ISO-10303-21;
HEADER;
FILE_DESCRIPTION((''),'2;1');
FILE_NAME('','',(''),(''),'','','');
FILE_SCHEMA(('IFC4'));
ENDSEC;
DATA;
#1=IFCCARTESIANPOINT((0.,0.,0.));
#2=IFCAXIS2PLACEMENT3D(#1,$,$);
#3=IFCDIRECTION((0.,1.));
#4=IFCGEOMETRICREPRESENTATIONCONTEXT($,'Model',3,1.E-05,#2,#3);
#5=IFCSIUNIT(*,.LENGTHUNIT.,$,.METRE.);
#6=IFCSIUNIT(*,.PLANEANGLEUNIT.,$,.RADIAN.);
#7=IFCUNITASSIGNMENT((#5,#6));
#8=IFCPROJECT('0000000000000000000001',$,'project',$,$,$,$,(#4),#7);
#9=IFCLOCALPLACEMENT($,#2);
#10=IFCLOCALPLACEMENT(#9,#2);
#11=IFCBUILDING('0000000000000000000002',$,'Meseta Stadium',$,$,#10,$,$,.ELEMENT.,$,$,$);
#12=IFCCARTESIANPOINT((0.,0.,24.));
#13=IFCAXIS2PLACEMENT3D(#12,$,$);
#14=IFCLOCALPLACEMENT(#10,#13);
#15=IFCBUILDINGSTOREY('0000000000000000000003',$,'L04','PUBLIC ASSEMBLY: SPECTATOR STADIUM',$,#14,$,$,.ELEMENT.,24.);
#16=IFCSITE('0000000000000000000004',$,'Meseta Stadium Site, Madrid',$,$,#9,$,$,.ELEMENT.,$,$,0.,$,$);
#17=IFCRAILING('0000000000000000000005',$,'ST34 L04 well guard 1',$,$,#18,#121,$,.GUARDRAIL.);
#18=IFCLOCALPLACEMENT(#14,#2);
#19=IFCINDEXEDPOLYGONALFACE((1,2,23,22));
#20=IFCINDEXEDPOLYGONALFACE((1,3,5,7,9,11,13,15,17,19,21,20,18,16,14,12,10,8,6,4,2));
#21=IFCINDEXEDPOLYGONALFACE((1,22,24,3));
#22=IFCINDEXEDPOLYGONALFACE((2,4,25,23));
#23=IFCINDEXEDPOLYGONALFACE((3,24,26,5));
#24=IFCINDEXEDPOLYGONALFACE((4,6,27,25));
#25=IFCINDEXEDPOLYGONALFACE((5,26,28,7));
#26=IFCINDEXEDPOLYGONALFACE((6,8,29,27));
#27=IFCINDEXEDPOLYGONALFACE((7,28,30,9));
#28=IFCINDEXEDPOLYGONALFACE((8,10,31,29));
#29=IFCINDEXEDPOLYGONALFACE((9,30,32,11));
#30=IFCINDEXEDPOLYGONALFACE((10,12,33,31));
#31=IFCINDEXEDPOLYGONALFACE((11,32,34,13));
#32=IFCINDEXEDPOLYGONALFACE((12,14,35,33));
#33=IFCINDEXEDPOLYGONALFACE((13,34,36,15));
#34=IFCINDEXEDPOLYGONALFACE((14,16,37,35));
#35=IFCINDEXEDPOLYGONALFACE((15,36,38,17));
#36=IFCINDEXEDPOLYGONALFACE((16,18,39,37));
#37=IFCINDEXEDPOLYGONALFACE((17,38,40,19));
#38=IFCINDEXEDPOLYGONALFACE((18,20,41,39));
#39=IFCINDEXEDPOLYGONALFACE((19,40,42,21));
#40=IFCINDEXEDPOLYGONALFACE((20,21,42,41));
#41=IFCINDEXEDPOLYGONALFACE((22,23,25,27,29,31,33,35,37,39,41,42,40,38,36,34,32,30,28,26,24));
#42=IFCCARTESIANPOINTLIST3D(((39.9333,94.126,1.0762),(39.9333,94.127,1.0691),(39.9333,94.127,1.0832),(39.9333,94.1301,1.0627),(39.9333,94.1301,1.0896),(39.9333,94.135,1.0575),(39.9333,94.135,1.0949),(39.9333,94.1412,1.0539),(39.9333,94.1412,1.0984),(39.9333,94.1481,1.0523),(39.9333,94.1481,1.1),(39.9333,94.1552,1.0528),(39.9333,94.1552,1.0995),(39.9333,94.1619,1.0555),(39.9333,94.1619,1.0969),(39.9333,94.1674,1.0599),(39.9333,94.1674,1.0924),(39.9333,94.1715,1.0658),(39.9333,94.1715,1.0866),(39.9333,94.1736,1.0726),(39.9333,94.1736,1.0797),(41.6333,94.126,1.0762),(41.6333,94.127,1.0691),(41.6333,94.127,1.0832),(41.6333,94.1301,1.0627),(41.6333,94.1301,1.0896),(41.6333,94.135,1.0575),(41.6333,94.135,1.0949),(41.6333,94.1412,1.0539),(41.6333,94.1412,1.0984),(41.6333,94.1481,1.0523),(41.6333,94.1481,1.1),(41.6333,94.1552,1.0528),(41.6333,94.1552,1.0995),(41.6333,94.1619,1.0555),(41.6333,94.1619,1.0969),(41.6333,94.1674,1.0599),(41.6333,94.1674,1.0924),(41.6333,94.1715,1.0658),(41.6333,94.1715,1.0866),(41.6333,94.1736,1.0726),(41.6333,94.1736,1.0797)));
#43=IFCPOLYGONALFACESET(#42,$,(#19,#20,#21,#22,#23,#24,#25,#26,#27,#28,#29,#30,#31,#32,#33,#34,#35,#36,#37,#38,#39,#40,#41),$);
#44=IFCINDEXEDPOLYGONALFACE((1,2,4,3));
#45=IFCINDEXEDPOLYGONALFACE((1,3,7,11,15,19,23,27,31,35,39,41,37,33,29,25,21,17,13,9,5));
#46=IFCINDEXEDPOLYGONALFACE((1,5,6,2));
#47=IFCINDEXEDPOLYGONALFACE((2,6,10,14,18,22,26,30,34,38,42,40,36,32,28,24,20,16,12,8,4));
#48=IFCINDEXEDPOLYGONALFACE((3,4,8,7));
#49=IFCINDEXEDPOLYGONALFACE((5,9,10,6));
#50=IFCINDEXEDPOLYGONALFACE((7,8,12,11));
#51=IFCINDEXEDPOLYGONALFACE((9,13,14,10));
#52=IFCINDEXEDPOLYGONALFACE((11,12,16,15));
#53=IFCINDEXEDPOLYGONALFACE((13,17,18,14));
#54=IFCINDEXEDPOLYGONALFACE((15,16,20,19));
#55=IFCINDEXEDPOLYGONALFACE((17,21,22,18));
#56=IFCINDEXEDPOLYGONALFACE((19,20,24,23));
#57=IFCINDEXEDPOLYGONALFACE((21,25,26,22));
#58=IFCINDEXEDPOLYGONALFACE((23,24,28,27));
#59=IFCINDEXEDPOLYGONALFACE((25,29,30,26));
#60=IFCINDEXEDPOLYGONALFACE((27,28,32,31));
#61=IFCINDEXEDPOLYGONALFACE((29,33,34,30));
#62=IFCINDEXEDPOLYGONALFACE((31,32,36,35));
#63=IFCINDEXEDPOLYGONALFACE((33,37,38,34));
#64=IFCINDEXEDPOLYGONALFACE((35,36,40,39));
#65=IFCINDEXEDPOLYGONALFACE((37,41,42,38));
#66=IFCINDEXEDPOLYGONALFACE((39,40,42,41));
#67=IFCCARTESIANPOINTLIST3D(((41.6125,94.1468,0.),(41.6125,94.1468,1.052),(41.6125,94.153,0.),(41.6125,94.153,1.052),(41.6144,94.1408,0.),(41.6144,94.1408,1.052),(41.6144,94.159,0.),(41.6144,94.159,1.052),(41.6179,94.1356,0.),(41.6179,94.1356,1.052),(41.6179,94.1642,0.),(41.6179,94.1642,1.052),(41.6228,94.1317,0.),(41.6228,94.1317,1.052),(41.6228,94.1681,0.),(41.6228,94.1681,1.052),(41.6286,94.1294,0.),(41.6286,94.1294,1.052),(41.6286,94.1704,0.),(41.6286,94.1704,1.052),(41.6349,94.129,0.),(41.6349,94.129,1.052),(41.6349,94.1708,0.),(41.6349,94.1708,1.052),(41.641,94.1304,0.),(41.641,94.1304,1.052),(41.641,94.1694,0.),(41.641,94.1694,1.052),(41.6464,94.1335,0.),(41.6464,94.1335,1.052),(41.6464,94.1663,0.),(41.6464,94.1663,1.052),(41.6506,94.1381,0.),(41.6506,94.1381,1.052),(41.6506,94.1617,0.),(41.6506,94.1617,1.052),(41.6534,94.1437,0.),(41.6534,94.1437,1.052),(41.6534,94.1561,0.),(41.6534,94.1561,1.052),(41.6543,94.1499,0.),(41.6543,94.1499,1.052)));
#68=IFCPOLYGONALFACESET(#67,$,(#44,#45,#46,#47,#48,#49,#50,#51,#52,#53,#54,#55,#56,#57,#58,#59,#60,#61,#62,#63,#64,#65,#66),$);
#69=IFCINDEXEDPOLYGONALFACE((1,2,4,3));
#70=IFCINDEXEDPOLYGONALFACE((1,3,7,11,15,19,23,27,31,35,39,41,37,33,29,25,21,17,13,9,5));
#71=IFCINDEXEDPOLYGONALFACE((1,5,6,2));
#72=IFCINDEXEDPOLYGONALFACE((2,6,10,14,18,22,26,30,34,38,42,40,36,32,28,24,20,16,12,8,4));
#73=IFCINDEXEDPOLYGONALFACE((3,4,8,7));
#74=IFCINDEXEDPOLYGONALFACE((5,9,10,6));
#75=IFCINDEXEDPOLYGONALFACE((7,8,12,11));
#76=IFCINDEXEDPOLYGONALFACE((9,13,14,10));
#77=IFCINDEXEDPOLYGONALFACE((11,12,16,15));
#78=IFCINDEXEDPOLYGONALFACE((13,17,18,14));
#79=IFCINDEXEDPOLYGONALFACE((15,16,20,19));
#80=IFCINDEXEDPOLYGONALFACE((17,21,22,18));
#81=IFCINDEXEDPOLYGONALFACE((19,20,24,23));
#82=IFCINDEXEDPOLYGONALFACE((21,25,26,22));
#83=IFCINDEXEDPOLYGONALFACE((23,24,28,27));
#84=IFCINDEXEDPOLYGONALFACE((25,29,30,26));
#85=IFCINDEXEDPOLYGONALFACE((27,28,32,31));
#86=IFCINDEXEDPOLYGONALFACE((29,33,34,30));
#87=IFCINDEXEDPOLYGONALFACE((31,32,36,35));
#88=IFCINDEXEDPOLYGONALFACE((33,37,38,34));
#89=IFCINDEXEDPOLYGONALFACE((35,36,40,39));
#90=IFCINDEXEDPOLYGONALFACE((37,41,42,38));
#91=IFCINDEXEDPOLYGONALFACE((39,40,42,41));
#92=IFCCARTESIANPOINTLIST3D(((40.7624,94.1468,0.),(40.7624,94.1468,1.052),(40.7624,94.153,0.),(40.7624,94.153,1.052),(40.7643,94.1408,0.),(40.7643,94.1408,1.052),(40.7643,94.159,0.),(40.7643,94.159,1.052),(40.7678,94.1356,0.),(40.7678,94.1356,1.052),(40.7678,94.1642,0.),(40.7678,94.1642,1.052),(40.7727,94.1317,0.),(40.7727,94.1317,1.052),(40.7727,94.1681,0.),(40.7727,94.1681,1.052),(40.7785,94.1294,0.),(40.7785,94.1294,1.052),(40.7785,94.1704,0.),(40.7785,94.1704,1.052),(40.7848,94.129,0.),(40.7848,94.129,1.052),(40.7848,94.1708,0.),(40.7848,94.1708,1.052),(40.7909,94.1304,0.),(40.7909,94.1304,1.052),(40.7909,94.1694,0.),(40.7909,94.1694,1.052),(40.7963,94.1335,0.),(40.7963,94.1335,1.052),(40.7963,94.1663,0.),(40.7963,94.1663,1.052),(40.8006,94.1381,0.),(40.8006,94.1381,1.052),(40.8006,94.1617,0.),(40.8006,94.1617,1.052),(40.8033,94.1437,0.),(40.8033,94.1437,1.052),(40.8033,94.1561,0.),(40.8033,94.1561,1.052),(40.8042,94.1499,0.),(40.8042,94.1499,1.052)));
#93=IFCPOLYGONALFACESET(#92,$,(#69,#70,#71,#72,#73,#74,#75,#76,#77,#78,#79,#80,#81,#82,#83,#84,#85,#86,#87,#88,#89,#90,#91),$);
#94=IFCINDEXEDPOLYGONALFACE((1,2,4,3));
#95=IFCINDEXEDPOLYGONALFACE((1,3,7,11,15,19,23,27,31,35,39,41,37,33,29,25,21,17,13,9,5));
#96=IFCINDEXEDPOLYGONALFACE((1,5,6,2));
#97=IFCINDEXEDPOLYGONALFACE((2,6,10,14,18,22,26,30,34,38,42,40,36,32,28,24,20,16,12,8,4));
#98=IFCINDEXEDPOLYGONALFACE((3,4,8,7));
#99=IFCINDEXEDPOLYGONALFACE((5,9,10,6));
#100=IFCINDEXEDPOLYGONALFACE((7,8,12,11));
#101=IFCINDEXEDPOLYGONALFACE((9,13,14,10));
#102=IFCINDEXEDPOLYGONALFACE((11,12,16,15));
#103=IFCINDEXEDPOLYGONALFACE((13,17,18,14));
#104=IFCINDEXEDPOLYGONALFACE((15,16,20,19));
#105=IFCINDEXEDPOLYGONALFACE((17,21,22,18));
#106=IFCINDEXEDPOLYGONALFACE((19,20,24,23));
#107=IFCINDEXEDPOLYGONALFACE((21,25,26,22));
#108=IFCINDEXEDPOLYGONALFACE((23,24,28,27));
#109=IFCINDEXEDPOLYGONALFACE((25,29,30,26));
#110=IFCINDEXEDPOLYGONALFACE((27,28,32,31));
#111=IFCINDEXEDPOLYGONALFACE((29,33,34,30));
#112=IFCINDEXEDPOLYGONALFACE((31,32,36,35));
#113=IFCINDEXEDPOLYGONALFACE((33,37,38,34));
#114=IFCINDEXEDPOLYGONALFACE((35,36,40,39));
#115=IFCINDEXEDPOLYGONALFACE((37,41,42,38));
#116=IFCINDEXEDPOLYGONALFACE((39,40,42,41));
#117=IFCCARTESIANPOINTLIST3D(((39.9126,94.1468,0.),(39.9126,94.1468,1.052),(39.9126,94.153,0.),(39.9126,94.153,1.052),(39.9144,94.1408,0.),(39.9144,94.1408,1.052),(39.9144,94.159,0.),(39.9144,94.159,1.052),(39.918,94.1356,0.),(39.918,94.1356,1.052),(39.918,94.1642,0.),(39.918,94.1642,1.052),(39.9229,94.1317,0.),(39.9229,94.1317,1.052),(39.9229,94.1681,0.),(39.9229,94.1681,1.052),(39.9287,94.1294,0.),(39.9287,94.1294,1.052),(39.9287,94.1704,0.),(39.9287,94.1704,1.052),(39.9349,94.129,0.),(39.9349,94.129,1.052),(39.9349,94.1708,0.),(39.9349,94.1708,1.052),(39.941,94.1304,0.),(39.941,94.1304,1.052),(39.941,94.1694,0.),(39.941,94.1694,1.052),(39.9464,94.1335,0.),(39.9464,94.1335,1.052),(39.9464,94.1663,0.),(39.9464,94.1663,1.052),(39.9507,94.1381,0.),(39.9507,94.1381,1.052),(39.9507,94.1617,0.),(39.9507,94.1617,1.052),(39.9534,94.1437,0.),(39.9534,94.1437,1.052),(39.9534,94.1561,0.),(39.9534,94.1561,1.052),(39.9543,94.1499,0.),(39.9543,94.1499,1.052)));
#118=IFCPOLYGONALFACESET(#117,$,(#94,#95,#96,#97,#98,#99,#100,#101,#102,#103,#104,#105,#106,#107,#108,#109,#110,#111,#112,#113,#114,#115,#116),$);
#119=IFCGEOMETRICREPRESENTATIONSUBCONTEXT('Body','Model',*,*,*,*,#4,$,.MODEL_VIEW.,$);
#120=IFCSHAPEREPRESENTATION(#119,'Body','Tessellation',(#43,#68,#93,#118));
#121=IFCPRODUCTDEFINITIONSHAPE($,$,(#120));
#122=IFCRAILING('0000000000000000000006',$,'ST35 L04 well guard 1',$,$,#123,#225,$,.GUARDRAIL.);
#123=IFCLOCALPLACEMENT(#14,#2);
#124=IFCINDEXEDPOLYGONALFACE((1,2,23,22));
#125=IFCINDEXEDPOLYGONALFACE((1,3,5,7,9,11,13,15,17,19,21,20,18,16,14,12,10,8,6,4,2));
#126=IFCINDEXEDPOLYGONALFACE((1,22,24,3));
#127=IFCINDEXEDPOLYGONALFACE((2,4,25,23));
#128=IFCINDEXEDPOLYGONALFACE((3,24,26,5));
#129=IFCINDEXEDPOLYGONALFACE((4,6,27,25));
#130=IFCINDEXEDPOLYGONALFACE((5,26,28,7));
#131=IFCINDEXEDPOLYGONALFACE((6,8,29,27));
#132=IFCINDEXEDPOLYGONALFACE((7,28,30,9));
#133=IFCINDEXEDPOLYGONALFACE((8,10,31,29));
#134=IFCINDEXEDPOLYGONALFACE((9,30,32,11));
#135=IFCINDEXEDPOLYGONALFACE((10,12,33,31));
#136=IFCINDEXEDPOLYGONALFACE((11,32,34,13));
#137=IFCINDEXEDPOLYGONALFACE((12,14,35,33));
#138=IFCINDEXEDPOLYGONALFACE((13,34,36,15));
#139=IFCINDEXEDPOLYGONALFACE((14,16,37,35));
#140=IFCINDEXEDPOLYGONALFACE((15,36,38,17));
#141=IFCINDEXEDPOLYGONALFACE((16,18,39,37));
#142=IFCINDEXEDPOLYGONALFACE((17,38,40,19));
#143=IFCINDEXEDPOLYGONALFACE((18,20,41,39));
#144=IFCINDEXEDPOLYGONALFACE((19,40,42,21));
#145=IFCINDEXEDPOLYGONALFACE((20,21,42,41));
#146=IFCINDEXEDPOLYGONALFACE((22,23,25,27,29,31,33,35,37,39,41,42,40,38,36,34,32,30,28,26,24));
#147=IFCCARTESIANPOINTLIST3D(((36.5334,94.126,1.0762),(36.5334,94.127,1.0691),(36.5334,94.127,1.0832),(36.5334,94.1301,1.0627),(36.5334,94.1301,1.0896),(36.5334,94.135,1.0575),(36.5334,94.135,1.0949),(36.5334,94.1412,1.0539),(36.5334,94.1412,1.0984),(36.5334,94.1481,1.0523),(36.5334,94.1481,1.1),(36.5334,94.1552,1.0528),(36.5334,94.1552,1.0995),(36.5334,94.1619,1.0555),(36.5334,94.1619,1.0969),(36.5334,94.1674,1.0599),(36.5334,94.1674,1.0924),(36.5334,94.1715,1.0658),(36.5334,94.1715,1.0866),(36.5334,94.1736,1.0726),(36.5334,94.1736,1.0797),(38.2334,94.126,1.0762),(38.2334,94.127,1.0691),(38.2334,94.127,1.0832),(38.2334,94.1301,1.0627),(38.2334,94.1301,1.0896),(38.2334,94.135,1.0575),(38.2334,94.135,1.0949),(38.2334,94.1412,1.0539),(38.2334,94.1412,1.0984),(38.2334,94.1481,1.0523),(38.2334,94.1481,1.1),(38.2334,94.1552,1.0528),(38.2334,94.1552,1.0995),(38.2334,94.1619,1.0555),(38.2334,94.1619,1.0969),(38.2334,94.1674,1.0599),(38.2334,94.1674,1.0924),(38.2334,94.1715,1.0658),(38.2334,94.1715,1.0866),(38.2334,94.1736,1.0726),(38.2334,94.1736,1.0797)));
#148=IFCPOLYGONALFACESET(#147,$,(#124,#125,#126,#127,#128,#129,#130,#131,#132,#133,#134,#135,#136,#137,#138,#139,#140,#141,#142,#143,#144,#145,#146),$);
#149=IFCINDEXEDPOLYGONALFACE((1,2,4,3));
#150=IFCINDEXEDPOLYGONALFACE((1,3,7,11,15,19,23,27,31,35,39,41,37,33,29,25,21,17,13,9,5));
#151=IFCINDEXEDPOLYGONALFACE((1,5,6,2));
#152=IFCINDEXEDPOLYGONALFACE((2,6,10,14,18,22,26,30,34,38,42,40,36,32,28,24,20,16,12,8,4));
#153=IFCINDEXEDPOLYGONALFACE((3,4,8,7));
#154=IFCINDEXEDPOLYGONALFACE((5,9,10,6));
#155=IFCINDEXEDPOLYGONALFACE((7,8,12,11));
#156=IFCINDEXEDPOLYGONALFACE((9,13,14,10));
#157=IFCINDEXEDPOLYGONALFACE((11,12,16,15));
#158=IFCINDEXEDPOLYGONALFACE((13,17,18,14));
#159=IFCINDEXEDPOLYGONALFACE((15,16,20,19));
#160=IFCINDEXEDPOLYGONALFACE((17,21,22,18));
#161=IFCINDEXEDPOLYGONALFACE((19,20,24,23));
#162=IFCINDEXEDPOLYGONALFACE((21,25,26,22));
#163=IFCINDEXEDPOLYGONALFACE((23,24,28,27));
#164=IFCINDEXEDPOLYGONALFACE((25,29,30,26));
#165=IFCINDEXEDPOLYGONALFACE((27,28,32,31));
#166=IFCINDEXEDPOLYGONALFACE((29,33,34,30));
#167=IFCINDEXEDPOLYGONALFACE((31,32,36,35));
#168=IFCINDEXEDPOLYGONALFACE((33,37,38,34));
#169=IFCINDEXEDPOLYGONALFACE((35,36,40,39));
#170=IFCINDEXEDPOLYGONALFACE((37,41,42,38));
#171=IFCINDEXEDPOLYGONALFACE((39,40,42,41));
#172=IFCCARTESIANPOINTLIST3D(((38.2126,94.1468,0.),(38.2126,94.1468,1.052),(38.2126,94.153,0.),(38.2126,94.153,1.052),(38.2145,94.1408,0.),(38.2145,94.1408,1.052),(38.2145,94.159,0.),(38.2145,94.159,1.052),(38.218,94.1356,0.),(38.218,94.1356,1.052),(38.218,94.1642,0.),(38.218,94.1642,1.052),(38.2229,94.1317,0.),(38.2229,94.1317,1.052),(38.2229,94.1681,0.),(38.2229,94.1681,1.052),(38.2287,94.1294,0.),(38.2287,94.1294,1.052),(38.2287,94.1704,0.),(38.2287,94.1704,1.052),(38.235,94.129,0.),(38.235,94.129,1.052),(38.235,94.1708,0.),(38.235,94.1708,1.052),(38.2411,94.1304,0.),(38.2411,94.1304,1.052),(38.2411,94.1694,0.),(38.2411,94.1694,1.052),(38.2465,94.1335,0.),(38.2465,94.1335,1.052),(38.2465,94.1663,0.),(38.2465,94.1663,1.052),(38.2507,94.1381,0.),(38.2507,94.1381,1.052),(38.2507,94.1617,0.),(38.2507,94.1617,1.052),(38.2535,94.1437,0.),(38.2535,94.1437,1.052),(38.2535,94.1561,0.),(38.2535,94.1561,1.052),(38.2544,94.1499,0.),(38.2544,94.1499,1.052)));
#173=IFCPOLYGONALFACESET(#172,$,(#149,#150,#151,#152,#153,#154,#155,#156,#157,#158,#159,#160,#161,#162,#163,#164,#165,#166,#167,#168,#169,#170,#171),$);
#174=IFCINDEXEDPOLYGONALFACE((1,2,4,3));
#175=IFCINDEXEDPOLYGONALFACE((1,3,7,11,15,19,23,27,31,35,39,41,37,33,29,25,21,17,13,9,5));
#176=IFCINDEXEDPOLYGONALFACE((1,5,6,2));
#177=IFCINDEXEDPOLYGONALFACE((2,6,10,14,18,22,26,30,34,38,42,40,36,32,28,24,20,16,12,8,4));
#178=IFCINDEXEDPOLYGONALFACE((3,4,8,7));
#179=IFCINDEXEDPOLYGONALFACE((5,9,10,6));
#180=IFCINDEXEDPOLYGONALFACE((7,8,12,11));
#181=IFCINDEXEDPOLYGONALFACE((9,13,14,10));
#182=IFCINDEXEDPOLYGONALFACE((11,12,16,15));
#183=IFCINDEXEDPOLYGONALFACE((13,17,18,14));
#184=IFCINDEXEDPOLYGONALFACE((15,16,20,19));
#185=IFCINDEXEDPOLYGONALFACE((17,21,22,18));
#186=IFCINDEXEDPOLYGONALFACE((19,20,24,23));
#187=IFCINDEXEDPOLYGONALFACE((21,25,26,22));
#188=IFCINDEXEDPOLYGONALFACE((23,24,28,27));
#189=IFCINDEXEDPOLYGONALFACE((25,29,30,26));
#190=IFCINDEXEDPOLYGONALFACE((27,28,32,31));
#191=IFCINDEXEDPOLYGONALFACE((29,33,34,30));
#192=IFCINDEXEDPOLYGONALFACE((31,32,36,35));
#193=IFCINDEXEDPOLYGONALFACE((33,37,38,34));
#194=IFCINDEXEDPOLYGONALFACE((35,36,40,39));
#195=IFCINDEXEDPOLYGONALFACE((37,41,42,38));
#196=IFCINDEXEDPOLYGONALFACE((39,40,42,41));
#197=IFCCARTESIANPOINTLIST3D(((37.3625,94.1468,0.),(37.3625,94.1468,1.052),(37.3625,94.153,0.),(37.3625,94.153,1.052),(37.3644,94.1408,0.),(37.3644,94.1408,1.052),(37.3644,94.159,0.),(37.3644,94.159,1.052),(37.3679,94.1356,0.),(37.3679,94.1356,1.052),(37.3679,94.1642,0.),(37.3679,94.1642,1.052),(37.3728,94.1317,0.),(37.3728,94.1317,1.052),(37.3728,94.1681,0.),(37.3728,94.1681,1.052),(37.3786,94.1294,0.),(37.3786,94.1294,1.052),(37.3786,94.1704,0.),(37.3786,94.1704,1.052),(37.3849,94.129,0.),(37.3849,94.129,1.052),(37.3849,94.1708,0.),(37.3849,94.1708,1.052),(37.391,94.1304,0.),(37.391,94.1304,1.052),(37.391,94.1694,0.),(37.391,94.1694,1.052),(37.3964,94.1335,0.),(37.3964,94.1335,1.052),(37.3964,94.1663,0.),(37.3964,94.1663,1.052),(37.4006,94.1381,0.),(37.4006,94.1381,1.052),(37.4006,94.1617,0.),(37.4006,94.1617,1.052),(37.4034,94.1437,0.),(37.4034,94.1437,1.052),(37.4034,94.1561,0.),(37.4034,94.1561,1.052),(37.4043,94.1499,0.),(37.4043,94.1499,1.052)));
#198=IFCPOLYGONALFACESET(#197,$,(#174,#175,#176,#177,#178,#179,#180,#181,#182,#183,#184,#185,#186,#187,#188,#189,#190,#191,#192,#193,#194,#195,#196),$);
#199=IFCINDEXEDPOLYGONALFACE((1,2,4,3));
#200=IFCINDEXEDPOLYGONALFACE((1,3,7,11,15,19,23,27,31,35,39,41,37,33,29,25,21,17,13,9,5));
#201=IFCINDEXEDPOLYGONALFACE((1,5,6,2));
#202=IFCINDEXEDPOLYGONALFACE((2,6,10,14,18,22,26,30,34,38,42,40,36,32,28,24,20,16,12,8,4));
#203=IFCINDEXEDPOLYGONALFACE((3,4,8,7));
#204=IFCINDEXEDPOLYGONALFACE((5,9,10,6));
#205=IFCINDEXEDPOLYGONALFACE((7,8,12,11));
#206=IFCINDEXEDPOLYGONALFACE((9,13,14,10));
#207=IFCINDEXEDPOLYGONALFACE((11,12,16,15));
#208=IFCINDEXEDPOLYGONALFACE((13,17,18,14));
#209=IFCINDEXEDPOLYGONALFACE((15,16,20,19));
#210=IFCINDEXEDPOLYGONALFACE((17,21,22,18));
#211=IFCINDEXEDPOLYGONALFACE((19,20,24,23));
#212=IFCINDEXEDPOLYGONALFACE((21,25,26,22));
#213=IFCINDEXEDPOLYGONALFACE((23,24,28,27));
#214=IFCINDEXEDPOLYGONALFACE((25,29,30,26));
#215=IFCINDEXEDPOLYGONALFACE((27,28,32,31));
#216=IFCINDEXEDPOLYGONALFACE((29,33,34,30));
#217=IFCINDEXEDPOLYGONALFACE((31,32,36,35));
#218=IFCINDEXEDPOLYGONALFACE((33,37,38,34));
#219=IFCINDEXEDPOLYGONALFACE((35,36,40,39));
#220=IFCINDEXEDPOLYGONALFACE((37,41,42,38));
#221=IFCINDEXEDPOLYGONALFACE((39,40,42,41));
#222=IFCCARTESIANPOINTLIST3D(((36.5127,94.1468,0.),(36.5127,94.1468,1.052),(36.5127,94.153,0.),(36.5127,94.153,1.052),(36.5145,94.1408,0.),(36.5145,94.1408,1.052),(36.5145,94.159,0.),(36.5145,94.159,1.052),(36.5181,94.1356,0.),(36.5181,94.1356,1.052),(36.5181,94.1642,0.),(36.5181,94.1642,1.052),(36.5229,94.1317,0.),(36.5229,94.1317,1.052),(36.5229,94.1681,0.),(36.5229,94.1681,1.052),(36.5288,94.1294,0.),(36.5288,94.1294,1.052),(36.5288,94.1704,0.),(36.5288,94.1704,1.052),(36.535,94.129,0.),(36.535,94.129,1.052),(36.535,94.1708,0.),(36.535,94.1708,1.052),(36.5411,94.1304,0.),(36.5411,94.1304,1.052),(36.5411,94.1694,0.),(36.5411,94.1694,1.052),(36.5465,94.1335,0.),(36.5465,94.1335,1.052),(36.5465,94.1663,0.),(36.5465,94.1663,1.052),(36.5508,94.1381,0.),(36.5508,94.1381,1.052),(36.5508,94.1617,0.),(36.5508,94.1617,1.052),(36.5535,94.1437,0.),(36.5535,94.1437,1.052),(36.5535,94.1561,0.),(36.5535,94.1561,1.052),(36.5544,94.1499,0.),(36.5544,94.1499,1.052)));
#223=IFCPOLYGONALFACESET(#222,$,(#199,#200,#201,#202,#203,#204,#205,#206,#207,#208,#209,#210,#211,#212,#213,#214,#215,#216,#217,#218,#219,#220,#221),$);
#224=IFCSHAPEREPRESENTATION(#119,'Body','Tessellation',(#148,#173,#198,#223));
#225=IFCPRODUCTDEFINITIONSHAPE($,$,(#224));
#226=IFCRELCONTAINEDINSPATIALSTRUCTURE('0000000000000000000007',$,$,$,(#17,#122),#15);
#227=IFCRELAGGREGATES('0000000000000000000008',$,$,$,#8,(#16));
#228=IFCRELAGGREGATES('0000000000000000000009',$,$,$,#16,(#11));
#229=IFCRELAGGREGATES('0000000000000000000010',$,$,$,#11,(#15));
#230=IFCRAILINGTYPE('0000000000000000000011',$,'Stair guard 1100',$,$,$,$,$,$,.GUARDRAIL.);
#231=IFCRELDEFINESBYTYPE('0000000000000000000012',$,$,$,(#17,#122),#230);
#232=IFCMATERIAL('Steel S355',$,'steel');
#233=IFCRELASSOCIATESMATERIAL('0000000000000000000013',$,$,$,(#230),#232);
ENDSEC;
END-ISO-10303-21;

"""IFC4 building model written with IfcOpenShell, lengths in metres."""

from ifc_helpers import new_model, si_unit, direction, frame, origin, origin_2d, place, context, subcontext, project, spatial, circle, extrude, material, type_object, element, save


model = new_model("IFC4")

# Units and contexts
model_context = context("Model", 3, precision=1e-05, world=origin(), true_north=direction((0.0, 1.0)))
body_context = subcontext(model_context, "Body", "Model", "MODEL_VIEW")
ifc_project = project(units=[si_unit("LENGTHUNIT", "METRE"), si_unit("PLANEANGLEUNIT", "RADIAN")], contexts=[model_context])

# Site, building, storey
site_placement = place(None, origin())
site = spatial("IfcSite", under=ifc_project, at=site_placement, Name="Meseta Stadium Site, Madrid", CompositionType="ELEMENT", RefElevation=0.0)
building_placement = place(site_placement, origin())
building = spatial("IfcBuilding", under=site, at=building_placement, Name="Meseta Stadium", CompositionType="ELEMENT")
storey_placement = place(building_placement, frame((0.0, 0.0, 24.0)))
storey = spatial("IfcBuildingStorey", under=building, at=storey_placement, Name="L04", Description="PUBLIC ASSEMBLY: SPECTATOR STADIUM", CompositionType="ELEMENT", Elevation=24.0)

# Railings
ifc_material_1 = material(Name="Steel S355", Category="steel")
railing_type = type_object("IfcRailingType", Name="Stair guard 1100", PredefinedType="GUARDRAIL", material=ifc_material_1)
for number, where, name in (
    (1, (41.6333, 94.1499, 0.0), "ST34 L04 well guard 1"),
    (2, (38.2334, 94.1499, 0.0), "ST35 L04 well guard 1"),
):
    element("IfcRailing", number, at=place(storey_placement, frame(where)), inside=storey, type_object=railing_type, Name=name, PredefinedType="GUARDRAIL", context=body_context, shape_type="SweptSolid", body=[
        extrude(circle(Radius=0.0239, at=origin_2d()), frame((0.0, 0.0, 1.0762), z_axis=(-1.0, 0.0, 0.0), x_axis=(0.0, -1.0, 0.0)), (0.0, 0.0, 1.0), 1.7),
        extrude(circle(Radius=0.021, at=origin_2d()), origin(), (0.0, 0.0, 1.0), 1.052),
        extrude(circle(Radius=0.021, at=origin_2d()), frame((-0.8501, 0.0, 0.0)), (0.0, 0.0, 1.0), 1.052),
        extrude(circle(Radius=0.021, at=origin_2d()), frame((-1.7, 0.0, 0.0)), (0.0, 0.0, 1.0), 1.052),
    ])

save(model, "model.ifc")
